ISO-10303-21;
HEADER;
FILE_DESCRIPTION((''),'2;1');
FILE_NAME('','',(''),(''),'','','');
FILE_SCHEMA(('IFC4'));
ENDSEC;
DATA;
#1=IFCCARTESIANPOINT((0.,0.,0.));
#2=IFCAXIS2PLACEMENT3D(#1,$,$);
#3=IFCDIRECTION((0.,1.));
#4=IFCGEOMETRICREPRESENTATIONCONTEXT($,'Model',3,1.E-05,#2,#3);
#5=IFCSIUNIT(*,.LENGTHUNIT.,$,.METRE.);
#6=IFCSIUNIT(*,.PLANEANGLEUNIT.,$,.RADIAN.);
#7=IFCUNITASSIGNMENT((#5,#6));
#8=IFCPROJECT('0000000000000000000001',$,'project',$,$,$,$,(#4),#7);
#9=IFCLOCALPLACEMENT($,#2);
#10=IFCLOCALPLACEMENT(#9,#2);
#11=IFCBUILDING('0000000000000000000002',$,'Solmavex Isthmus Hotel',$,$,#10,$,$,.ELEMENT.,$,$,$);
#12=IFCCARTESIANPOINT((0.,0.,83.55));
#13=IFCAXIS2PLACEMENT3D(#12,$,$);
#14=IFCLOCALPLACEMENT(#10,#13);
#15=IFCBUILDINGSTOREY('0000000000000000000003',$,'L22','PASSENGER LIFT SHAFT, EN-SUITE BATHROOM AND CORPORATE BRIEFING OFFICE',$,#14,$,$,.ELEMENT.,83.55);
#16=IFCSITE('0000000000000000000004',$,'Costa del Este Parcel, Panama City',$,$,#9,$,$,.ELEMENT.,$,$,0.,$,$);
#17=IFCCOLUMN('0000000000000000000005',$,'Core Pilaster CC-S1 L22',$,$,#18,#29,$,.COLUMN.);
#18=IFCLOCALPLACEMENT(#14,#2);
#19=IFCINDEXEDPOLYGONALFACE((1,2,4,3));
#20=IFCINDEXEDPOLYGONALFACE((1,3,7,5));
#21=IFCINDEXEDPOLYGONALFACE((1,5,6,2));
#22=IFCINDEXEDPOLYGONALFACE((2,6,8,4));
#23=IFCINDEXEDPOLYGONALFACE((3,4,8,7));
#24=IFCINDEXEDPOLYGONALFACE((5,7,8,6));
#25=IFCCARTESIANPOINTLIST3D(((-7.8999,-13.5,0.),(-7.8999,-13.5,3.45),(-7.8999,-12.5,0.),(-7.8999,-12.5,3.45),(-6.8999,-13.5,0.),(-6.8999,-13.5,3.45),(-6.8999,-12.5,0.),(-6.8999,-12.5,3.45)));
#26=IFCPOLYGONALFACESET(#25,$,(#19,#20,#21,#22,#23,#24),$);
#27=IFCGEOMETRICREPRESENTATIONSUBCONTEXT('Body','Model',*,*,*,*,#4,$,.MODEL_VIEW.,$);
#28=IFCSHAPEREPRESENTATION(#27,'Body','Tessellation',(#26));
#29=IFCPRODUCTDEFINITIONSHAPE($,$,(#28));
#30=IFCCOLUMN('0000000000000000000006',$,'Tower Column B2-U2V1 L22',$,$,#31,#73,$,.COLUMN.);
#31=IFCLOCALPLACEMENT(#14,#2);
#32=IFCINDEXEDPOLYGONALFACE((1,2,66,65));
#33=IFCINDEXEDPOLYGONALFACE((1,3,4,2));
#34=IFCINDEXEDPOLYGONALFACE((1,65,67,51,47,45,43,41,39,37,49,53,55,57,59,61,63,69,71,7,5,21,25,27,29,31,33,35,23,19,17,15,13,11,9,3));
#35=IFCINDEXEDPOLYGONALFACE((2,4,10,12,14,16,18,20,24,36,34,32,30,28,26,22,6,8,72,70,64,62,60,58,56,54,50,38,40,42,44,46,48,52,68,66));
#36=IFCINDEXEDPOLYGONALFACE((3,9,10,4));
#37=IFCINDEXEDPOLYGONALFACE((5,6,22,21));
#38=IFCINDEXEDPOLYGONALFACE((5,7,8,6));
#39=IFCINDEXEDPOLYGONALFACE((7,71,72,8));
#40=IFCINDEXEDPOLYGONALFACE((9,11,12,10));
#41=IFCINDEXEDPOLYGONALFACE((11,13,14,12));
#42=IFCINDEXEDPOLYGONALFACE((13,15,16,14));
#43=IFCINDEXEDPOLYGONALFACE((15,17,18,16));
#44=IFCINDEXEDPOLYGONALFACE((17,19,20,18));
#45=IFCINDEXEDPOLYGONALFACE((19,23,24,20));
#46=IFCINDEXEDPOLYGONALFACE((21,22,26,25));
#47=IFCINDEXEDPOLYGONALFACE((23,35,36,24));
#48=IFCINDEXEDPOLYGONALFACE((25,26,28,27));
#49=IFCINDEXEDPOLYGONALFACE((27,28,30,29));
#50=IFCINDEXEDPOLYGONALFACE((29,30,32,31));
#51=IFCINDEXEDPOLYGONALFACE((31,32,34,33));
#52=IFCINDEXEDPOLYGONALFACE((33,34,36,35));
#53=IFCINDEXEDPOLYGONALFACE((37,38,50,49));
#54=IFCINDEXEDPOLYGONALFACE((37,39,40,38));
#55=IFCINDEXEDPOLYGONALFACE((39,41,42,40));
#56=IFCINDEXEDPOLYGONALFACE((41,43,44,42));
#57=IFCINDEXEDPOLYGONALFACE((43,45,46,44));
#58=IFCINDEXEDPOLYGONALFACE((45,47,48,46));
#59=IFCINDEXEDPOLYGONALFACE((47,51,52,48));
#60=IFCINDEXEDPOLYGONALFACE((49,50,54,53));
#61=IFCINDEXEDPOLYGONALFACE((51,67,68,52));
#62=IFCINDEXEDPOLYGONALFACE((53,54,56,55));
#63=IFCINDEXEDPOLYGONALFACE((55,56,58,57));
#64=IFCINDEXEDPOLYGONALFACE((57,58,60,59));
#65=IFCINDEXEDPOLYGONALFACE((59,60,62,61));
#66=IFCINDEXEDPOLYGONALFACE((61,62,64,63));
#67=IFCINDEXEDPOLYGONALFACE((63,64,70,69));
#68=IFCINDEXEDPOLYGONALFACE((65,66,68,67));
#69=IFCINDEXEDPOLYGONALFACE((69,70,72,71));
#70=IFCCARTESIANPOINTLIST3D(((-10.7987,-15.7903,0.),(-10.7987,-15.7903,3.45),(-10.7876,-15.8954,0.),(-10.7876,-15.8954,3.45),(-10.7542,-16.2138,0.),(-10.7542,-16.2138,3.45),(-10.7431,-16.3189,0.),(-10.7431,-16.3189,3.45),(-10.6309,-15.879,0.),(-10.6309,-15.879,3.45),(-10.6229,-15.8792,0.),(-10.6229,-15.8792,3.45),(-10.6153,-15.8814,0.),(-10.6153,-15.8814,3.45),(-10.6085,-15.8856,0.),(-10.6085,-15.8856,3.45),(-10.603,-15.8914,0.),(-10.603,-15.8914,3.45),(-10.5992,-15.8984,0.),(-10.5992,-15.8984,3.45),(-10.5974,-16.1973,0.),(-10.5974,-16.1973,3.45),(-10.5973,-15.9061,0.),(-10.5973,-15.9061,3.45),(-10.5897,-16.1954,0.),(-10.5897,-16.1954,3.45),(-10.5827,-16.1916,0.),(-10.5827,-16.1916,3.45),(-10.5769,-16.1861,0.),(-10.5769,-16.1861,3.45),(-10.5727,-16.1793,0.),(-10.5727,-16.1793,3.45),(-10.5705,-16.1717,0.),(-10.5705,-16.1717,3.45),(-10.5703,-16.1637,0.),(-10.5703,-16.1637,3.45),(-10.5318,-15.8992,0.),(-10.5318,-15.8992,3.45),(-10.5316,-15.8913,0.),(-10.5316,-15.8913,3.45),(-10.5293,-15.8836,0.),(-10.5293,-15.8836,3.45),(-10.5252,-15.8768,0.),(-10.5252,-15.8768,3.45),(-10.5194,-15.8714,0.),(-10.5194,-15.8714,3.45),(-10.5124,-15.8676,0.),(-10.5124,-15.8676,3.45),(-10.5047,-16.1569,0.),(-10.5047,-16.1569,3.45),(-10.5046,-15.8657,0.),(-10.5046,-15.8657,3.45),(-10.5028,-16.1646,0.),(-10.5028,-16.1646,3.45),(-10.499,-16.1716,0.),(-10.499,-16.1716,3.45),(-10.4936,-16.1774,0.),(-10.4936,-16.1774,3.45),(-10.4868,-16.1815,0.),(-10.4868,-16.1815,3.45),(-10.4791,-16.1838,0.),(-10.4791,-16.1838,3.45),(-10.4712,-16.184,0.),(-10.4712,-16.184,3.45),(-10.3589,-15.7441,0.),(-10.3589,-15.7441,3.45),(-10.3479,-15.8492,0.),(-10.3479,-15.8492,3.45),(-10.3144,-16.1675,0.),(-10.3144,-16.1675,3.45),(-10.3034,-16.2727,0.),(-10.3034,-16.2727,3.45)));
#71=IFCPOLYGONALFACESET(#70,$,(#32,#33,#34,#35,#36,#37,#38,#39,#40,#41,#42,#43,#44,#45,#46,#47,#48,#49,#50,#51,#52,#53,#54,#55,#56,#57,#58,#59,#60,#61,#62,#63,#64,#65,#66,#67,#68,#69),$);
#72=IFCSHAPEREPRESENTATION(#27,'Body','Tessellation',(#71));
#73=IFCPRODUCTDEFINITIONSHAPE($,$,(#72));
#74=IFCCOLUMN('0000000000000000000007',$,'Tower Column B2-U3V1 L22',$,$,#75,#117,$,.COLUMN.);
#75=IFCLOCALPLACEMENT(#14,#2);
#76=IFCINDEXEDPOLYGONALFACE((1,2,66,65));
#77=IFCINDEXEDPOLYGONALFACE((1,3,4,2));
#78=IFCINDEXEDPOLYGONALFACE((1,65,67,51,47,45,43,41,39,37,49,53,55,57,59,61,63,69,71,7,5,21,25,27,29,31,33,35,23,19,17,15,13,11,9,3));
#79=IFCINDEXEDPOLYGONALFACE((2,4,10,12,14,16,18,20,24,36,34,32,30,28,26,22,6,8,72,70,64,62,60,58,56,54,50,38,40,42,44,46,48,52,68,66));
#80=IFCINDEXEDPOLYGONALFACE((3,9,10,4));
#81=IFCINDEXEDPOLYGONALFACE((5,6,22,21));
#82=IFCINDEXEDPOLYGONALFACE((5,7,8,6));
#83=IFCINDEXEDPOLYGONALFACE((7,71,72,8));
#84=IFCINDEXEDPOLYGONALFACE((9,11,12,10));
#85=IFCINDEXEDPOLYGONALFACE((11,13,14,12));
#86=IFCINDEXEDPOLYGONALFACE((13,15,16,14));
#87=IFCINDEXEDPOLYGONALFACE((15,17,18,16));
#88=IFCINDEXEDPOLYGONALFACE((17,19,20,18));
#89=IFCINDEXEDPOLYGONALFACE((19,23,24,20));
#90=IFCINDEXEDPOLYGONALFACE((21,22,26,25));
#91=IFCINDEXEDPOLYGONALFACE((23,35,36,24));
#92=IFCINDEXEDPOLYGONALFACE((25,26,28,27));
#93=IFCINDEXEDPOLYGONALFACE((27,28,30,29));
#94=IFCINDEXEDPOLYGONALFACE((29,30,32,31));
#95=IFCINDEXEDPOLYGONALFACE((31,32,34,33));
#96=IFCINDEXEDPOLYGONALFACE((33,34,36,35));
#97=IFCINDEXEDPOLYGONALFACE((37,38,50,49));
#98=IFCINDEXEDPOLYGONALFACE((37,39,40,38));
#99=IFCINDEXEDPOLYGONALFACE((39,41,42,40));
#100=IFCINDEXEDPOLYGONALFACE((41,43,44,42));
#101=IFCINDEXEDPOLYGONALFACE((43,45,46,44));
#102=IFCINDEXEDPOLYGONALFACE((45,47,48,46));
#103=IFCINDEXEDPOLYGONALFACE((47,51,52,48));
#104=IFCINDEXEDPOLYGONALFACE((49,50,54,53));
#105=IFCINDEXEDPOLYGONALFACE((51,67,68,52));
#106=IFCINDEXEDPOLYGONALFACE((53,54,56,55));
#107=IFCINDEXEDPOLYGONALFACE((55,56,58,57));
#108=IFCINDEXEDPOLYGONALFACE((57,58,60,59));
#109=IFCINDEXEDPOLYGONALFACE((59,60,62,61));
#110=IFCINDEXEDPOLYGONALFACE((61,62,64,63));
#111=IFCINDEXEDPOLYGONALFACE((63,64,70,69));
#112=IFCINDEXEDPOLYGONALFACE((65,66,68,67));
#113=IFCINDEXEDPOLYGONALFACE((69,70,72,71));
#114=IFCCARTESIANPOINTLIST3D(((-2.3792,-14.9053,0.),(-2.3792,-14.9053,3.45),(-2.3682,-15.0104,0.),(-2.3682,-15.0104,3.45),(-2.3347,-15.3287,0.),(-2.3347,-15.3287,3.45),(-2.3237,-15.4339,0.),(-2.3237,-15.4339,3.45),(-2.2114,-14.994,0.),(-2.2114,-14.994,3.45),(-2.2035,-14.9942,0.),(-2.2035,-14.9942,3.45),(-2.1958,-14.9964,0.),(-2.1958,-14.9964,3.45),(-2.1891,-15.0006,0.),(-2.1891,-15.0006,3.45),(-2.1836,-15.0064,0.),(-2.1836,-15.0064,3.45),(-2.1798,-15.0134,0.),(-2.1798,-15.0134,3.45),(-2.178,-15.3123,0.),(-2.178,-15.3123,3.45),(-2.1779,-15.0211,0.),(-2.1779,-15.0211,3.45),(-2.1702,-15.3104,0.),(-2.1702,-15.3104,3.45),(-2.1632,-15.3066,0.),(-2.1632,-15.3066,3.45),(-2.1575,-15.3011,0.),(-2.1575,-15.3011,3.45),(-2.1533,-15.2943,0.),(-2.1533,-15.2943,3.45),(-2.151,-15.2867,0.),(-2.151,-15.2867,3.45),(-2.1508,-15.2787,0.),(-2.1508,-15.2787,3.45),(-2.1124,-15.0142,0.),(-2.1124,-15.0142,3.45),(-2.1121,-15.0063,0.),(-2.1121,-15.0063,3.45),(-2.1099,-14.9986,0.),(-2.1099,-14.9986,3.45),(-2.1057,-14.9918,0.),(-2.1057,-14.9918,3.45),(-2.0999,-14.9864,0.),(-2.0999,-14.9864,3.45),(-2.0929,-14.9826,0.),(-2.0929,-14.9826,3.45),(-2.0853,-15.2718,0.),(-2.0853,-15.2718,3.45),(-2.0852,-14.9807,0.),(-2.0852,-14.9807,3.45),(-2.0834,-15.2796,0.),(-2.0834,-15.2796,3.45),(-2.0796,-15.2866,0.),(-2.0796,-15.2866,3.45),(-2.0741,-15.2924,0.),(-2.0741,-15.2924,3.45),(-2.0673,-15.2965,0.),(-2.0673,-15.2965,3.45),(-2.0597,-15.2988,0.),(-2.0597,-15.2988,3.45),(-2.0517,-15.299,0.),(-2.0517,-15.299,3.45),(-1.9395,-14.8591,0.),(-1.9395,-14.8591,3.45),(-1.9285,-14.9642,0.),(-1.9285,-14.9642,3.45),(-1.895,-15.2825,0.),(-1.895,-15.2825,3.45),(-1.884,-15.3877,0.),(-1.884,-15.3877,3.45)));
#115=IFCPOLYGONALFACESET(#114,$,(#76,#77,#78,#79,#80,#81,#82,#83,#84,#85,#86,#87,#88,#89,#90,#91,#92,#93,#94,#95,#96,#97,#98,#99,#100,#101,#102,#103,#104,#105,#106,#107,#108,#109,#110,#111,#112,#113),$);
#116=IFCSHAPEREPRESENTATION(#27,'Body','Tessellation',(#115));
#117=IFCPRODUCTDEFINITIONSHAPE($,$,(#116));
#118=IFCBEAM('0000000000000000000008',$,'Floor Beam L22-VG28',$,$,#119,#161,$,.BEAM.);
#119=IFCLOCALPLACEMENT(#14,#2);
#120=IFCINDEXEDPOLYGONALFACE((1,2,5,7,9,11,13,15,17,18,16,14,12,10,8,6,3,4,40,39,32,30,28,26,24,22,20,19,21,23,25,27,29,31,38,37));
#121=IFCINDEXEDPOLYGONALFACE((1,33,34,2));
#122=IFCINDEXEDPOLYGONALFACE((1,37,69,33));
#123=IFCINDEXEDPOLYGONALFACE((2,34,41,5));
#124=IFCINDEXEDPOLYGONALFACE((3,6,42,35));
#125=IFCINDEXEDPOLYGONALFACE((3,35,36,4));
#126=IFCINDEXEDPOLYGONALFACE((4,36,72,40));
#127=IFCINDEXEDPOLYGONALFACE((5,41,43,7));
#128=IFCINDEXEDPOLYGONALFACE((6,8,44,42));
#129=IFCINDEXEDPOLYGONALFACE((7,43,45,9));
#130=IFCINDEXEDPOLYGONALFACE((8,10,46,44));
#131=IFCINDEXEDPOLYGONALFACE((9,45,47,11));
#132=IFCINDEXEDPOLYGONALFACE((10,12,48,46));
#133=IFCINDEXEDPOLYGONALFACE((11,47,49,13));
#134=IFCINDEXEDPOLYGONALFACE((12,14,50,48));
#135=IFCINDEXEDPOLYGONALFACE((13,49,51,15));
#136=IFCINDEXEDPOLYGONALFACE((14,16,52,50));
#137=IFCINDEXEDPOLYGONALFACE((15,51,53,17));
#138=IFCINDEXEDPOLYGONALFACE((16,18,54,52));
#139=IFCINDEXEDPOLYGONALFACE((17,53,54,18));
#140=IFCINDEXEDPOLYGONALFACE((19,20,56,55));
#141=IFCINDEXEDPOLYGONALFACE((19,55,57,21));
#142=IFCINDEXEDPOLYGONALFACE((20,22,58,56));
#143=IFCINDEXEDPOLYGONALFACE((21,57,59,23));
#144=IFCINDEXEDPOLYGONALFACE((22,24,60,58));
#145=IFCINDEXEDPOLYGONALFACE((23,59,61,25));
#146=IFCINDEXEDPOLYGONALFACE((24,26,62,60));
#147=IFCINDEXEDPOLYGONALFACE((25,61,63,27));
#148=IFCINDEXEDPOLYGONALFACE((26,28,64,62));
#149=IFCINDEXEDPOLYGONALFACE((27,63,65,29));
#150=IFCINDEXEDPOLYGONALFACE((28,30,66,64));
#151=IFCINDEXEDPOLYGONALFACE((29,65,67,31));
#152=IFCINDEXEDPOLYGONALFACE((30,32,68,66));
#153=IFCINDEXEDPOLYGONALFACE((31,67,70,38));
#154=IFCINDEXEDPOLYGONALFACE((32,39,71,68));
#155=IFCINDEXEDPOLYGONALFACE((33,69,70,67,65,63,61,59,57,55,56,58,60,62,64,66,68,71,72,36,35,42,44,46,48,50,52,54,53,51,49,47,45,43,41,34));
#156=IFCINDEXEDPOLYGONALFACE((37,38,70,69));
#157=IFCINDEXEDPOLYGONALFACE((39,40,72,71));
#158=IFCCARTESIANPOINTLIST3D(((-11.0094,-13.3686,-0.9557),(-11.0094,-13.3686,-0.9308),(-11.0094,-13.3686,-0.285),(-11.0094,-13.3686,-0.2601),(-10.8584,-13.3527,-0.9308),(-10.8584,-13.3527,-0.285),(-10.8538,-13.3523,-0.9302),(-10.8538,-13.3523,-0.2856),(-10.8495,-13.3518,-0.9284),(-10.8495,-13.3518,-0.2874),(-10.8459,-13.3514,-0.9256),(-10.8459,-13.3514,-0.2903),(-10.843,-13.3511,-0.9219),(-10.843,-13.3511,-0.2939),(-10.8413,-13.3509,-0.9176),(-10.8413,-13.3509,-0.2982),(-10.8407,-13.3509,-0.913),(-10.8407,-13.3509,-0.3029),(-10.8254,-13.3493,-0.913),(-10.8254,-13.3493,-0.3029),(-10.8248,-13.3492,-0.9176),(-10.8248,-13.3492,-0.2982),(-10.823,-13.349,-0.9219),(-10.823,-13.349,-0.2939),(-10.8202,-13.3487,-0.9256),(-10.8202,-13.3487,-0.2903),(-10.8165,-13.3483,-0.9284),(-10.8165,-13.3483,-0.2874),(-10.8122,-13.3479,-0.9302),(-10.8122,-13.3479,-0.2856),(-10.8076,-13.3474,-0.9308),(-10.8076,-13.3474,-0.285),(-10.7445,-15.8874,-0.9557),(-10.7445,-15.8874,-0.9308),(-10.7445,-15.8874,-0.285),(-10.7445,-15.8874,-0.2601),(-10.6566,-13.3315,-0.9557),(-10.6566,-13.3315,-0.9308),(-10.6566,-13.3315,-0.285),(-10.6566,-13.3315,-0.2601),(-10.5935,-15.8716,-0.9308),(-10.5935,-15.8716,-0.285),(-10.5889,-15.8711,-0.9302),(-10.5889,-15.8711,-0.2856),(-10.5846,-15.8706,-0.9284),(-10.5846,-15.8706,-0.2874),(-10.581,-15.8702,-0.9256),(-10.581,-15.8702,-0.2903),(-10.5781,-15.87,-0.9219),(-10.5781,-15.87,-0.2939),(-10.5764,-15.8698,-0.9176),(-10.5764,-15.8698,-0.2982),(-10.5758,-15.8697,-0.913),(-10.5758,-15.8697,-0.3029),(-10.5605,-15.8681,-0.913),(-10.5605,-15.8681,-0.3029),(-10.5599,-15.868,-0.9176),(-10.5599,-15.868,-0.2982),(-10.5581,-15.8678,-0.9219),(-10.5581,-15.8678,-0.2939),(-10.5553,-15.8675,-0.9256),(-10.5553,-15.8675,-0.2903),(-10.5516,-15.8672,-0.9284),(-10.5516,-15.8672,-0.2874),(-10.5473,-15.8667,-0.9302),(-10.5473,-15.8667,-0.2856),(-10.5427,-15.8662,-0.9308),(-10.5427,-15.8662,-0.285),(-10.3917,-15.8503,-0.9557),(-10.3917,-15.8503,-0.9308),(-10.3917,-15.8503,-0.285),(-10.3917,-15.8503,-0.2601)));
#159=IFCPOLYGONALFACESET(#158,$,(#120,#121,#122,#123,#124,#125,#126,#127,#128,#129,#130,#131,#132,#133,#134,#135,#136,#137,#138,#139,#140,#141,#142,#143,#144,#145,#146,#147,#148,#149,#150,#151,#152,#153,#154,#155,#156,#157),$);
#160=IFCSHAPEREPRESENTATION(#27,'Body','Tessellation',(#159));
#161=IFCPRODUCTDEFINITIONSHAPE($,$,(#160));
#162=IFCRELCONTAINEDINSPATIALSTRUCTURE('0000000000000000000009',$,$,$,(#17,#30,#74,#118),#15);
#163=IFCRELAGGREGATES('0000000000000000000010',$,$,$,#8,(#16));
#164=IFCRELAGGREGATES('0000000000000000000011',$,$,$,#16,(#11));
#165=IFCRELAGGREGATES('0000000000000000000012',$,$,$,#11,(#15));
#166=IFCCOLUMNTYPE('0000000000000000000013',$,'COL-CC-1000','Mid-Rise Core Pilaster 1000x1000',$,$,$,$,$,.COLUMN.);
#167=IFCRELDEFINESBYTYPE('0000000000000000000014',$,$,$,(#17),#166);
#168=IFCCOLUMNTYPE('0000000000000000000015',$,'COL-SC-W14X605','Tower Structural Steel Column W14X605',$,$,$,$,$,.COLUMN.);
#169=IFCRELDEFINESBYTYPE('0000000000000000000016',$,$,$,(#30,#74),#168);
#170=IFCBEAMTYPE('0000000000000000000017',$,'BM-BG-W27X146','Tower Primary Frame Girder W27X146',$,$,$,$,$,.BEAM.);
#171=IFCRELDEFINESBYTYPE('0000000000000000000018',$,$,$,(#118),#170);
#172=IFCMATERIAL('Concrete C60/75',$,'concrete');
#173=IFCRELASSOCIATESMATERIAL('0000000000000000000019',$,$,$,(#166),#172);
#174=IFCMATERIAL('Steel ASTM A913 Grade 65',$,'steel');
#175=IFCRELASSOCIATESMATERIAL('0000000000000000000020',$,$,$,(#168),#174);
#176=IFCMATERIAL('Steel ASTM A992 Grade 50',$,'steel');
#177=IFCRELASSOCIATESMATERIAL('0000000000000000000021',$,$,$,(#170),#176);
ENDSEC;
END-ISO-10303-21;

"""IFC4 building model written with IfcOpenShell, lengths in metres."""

from ifc_helpers import new_model, si_unit, direction, frame, origin, origin_2d, place, context, subcontext, project, spatial, rectangle, i_section, extrude, material, material_profile, profile_set, type_object, element, save


model = new_model("IFC4")

# Units and contexts
model_context = context("Model", 3, precision=1e-05, world=origin(), true_north=direction((0.0, 1.0)))
body_context = subcontext(model_context, "Body", "Model", "MODEL_VIEW")
ifc_project = project(units=[si_unit("LENGTHUNIT", "METRE"), si_unit("PLANEANGLEUNIT", "RADIAN")], contexts=[model_context])

# Site, building, storey
site_placement = place(None, origin())
site = spatial("IfcSite", under=ifc_project, at=site_placement, Name="Costa del Este Parcel, Panama City", CompositionType="ELEMENT", RefElevation=0.0)
building_placement = place(site_placement, origin())
building = spatial("IfcBuilding", under=site, at=building_placement, Name="Solmavex Isthmus Hotel", CompositionType="ELEMENT")
storey_placement = place(building_placement, frame((0.0, 0.0, 83.55)))
storey = spatial("IfcBuildingStorey", under=building, at=storey_placement, Name="L22", Description="PASSENGER LIFT SHAFT, EN-SUITE BATHROOM AND CORPORATE BRIEFING OFFICE", CompositionType="ELEMENT", Elevation=83.55)

# Columns
ifc_material_1 = material(Name="Concrete C60/75", Category="concrete")
ifc_material_profile_1 = material_profile(ifc_material_1, rectangle(XDim=1.0, YDim=1.0, at=origin_2d()), Name="RC1000X1000")
ifc_profile_set_1 = profile_set([ifc_material_profile_1], Name="Concrete C60/75")
column_type_1 = type_object("IfcColumnType", Name="COL-CC-1000", Description="Mid-Rise Core Pilaster 1000x1000", PredefinedType="COLUMN", material=ifc_profile_set_1)
column_placement = place(storey_placement, frame((-7.3999, -13.0, 0.0), z_axis=(0.0, 0.0, 1.0), x_axis=(1.0, 0.0, 0.0)))
element("IfcColumn", 1, at=column_placement, inside=storey, type_object=column_type_1, Name="Core Pilaster CC-S1 L22", PredefinedType="COLUMN", context=body_context, shape_type="SweptSolid", body=[
    extrude(rectangle(XDim=1.0, YDim=1.0, at=origin_2d()), origin(), (0.0, 0.0, 1.0), 3.45),
])
ifc_material_2 = material(Name="Steel ASTM A913 Grade 65", Category="steel")
ifc_material_profile_2 = material_profile(ifc_material_2, i_section(OverallWidth=0.4421, OverallDepth=0.5315, WebThickness=0.0659, FlangeThickness=0.1057, FilletRadius=0.0305, at=origin_2d()), Name="W14X605")
ifc_profile_set_2 = profile_set([ifc_material_profile_2], Name="Steel ASTM A913 Grade 65")
column_type_2 = type_object("IfcColumnType", Name="COL-SC-W14X605", Description="Tower Structural Steel Column W14X605", PredefinedType="COLUMN", material=ifc_profile_set_2)
for number, where, z_axis, x_axis, name in (
    (2, (-10.551, -16.0315, 0.0), (0.0, 0.0, 1.0), (0.994522, 0.104528, 0.0), "Tower Column B2-U2V1 L22"),
    (3, (-2.1316, -15.1465, 0.0), (0.0, 0.0, 1.0), (0.994522, 0.104528, 0.0), "Tower Column B2-U3V1 L22"),
):
    element("IfcColumn", number, at=place(storey_placement, frame(where, z_axis=z_axis, x_axis=x_axis)), inside=storey, type_object=column_type_2, Name=name, PredefinedType="COLUMN", context=body_context, shape_type="SweptSolid", body=[
        extrude(i_section(OverallWidth=0.4421, OverallDepth=0.5315, WebThickness=0.0659, FlangeThickness=0.1057, FilletRadius=0.0305, at=origin_2d()), origin(), (0.0, 0.0, 1.0), 3.45),
    ])

# Beam
ifc_material_3 = material(Name="Steel ASTM A992 Grade 50", Category="steel")
ifc_material_profile_3 = material_profile(ifc_material_3, i_section(OverallWidth=0.3547, OverallDepth=0.6956, WebThickness=0.0154, FlangeThickness=0.0249, FilletRadius=0.0178, at=origin_2d()), Name="W27X146")
ifc_profile_set_3 = profile_set([ifc_material_profile_3], Name="Steel ASTM A992 Grade 50")
beam_type_1 = type_object("IfcBeamType", Name="BM-BG-W27X146", Description="Tower Primary Frame Girder W27X146", PredefinedType="BEAM", material=ifc_profile_set_3)
beam_1_placement = place(storey_placement, frame((-10.5681, -15.8689, -0.6079), z_axis=(-0.104589, 0.994515, 0.0), x_axis=(-0.994515, -0.104589, 0.0)))
element("IfcBeam", 4, at=beam_1_placement, inside=storey, type_object=beam_type_1, Name="Floor Beam L22-VG28", PredefinedType="BEAM", context=body_context, shape_type="SweptSolid", body=[
    extrude(i_section(OverallWidth=0.3547, OverallDepth=0.6956, WebThickness=0.0154, FlangeThickness=0.0249, FilletRadius=0.0178, at=origin_2d()), origin(), (0.0, 0.0, 1.0), 2.5327),
])

save(model, "model.ifc")
